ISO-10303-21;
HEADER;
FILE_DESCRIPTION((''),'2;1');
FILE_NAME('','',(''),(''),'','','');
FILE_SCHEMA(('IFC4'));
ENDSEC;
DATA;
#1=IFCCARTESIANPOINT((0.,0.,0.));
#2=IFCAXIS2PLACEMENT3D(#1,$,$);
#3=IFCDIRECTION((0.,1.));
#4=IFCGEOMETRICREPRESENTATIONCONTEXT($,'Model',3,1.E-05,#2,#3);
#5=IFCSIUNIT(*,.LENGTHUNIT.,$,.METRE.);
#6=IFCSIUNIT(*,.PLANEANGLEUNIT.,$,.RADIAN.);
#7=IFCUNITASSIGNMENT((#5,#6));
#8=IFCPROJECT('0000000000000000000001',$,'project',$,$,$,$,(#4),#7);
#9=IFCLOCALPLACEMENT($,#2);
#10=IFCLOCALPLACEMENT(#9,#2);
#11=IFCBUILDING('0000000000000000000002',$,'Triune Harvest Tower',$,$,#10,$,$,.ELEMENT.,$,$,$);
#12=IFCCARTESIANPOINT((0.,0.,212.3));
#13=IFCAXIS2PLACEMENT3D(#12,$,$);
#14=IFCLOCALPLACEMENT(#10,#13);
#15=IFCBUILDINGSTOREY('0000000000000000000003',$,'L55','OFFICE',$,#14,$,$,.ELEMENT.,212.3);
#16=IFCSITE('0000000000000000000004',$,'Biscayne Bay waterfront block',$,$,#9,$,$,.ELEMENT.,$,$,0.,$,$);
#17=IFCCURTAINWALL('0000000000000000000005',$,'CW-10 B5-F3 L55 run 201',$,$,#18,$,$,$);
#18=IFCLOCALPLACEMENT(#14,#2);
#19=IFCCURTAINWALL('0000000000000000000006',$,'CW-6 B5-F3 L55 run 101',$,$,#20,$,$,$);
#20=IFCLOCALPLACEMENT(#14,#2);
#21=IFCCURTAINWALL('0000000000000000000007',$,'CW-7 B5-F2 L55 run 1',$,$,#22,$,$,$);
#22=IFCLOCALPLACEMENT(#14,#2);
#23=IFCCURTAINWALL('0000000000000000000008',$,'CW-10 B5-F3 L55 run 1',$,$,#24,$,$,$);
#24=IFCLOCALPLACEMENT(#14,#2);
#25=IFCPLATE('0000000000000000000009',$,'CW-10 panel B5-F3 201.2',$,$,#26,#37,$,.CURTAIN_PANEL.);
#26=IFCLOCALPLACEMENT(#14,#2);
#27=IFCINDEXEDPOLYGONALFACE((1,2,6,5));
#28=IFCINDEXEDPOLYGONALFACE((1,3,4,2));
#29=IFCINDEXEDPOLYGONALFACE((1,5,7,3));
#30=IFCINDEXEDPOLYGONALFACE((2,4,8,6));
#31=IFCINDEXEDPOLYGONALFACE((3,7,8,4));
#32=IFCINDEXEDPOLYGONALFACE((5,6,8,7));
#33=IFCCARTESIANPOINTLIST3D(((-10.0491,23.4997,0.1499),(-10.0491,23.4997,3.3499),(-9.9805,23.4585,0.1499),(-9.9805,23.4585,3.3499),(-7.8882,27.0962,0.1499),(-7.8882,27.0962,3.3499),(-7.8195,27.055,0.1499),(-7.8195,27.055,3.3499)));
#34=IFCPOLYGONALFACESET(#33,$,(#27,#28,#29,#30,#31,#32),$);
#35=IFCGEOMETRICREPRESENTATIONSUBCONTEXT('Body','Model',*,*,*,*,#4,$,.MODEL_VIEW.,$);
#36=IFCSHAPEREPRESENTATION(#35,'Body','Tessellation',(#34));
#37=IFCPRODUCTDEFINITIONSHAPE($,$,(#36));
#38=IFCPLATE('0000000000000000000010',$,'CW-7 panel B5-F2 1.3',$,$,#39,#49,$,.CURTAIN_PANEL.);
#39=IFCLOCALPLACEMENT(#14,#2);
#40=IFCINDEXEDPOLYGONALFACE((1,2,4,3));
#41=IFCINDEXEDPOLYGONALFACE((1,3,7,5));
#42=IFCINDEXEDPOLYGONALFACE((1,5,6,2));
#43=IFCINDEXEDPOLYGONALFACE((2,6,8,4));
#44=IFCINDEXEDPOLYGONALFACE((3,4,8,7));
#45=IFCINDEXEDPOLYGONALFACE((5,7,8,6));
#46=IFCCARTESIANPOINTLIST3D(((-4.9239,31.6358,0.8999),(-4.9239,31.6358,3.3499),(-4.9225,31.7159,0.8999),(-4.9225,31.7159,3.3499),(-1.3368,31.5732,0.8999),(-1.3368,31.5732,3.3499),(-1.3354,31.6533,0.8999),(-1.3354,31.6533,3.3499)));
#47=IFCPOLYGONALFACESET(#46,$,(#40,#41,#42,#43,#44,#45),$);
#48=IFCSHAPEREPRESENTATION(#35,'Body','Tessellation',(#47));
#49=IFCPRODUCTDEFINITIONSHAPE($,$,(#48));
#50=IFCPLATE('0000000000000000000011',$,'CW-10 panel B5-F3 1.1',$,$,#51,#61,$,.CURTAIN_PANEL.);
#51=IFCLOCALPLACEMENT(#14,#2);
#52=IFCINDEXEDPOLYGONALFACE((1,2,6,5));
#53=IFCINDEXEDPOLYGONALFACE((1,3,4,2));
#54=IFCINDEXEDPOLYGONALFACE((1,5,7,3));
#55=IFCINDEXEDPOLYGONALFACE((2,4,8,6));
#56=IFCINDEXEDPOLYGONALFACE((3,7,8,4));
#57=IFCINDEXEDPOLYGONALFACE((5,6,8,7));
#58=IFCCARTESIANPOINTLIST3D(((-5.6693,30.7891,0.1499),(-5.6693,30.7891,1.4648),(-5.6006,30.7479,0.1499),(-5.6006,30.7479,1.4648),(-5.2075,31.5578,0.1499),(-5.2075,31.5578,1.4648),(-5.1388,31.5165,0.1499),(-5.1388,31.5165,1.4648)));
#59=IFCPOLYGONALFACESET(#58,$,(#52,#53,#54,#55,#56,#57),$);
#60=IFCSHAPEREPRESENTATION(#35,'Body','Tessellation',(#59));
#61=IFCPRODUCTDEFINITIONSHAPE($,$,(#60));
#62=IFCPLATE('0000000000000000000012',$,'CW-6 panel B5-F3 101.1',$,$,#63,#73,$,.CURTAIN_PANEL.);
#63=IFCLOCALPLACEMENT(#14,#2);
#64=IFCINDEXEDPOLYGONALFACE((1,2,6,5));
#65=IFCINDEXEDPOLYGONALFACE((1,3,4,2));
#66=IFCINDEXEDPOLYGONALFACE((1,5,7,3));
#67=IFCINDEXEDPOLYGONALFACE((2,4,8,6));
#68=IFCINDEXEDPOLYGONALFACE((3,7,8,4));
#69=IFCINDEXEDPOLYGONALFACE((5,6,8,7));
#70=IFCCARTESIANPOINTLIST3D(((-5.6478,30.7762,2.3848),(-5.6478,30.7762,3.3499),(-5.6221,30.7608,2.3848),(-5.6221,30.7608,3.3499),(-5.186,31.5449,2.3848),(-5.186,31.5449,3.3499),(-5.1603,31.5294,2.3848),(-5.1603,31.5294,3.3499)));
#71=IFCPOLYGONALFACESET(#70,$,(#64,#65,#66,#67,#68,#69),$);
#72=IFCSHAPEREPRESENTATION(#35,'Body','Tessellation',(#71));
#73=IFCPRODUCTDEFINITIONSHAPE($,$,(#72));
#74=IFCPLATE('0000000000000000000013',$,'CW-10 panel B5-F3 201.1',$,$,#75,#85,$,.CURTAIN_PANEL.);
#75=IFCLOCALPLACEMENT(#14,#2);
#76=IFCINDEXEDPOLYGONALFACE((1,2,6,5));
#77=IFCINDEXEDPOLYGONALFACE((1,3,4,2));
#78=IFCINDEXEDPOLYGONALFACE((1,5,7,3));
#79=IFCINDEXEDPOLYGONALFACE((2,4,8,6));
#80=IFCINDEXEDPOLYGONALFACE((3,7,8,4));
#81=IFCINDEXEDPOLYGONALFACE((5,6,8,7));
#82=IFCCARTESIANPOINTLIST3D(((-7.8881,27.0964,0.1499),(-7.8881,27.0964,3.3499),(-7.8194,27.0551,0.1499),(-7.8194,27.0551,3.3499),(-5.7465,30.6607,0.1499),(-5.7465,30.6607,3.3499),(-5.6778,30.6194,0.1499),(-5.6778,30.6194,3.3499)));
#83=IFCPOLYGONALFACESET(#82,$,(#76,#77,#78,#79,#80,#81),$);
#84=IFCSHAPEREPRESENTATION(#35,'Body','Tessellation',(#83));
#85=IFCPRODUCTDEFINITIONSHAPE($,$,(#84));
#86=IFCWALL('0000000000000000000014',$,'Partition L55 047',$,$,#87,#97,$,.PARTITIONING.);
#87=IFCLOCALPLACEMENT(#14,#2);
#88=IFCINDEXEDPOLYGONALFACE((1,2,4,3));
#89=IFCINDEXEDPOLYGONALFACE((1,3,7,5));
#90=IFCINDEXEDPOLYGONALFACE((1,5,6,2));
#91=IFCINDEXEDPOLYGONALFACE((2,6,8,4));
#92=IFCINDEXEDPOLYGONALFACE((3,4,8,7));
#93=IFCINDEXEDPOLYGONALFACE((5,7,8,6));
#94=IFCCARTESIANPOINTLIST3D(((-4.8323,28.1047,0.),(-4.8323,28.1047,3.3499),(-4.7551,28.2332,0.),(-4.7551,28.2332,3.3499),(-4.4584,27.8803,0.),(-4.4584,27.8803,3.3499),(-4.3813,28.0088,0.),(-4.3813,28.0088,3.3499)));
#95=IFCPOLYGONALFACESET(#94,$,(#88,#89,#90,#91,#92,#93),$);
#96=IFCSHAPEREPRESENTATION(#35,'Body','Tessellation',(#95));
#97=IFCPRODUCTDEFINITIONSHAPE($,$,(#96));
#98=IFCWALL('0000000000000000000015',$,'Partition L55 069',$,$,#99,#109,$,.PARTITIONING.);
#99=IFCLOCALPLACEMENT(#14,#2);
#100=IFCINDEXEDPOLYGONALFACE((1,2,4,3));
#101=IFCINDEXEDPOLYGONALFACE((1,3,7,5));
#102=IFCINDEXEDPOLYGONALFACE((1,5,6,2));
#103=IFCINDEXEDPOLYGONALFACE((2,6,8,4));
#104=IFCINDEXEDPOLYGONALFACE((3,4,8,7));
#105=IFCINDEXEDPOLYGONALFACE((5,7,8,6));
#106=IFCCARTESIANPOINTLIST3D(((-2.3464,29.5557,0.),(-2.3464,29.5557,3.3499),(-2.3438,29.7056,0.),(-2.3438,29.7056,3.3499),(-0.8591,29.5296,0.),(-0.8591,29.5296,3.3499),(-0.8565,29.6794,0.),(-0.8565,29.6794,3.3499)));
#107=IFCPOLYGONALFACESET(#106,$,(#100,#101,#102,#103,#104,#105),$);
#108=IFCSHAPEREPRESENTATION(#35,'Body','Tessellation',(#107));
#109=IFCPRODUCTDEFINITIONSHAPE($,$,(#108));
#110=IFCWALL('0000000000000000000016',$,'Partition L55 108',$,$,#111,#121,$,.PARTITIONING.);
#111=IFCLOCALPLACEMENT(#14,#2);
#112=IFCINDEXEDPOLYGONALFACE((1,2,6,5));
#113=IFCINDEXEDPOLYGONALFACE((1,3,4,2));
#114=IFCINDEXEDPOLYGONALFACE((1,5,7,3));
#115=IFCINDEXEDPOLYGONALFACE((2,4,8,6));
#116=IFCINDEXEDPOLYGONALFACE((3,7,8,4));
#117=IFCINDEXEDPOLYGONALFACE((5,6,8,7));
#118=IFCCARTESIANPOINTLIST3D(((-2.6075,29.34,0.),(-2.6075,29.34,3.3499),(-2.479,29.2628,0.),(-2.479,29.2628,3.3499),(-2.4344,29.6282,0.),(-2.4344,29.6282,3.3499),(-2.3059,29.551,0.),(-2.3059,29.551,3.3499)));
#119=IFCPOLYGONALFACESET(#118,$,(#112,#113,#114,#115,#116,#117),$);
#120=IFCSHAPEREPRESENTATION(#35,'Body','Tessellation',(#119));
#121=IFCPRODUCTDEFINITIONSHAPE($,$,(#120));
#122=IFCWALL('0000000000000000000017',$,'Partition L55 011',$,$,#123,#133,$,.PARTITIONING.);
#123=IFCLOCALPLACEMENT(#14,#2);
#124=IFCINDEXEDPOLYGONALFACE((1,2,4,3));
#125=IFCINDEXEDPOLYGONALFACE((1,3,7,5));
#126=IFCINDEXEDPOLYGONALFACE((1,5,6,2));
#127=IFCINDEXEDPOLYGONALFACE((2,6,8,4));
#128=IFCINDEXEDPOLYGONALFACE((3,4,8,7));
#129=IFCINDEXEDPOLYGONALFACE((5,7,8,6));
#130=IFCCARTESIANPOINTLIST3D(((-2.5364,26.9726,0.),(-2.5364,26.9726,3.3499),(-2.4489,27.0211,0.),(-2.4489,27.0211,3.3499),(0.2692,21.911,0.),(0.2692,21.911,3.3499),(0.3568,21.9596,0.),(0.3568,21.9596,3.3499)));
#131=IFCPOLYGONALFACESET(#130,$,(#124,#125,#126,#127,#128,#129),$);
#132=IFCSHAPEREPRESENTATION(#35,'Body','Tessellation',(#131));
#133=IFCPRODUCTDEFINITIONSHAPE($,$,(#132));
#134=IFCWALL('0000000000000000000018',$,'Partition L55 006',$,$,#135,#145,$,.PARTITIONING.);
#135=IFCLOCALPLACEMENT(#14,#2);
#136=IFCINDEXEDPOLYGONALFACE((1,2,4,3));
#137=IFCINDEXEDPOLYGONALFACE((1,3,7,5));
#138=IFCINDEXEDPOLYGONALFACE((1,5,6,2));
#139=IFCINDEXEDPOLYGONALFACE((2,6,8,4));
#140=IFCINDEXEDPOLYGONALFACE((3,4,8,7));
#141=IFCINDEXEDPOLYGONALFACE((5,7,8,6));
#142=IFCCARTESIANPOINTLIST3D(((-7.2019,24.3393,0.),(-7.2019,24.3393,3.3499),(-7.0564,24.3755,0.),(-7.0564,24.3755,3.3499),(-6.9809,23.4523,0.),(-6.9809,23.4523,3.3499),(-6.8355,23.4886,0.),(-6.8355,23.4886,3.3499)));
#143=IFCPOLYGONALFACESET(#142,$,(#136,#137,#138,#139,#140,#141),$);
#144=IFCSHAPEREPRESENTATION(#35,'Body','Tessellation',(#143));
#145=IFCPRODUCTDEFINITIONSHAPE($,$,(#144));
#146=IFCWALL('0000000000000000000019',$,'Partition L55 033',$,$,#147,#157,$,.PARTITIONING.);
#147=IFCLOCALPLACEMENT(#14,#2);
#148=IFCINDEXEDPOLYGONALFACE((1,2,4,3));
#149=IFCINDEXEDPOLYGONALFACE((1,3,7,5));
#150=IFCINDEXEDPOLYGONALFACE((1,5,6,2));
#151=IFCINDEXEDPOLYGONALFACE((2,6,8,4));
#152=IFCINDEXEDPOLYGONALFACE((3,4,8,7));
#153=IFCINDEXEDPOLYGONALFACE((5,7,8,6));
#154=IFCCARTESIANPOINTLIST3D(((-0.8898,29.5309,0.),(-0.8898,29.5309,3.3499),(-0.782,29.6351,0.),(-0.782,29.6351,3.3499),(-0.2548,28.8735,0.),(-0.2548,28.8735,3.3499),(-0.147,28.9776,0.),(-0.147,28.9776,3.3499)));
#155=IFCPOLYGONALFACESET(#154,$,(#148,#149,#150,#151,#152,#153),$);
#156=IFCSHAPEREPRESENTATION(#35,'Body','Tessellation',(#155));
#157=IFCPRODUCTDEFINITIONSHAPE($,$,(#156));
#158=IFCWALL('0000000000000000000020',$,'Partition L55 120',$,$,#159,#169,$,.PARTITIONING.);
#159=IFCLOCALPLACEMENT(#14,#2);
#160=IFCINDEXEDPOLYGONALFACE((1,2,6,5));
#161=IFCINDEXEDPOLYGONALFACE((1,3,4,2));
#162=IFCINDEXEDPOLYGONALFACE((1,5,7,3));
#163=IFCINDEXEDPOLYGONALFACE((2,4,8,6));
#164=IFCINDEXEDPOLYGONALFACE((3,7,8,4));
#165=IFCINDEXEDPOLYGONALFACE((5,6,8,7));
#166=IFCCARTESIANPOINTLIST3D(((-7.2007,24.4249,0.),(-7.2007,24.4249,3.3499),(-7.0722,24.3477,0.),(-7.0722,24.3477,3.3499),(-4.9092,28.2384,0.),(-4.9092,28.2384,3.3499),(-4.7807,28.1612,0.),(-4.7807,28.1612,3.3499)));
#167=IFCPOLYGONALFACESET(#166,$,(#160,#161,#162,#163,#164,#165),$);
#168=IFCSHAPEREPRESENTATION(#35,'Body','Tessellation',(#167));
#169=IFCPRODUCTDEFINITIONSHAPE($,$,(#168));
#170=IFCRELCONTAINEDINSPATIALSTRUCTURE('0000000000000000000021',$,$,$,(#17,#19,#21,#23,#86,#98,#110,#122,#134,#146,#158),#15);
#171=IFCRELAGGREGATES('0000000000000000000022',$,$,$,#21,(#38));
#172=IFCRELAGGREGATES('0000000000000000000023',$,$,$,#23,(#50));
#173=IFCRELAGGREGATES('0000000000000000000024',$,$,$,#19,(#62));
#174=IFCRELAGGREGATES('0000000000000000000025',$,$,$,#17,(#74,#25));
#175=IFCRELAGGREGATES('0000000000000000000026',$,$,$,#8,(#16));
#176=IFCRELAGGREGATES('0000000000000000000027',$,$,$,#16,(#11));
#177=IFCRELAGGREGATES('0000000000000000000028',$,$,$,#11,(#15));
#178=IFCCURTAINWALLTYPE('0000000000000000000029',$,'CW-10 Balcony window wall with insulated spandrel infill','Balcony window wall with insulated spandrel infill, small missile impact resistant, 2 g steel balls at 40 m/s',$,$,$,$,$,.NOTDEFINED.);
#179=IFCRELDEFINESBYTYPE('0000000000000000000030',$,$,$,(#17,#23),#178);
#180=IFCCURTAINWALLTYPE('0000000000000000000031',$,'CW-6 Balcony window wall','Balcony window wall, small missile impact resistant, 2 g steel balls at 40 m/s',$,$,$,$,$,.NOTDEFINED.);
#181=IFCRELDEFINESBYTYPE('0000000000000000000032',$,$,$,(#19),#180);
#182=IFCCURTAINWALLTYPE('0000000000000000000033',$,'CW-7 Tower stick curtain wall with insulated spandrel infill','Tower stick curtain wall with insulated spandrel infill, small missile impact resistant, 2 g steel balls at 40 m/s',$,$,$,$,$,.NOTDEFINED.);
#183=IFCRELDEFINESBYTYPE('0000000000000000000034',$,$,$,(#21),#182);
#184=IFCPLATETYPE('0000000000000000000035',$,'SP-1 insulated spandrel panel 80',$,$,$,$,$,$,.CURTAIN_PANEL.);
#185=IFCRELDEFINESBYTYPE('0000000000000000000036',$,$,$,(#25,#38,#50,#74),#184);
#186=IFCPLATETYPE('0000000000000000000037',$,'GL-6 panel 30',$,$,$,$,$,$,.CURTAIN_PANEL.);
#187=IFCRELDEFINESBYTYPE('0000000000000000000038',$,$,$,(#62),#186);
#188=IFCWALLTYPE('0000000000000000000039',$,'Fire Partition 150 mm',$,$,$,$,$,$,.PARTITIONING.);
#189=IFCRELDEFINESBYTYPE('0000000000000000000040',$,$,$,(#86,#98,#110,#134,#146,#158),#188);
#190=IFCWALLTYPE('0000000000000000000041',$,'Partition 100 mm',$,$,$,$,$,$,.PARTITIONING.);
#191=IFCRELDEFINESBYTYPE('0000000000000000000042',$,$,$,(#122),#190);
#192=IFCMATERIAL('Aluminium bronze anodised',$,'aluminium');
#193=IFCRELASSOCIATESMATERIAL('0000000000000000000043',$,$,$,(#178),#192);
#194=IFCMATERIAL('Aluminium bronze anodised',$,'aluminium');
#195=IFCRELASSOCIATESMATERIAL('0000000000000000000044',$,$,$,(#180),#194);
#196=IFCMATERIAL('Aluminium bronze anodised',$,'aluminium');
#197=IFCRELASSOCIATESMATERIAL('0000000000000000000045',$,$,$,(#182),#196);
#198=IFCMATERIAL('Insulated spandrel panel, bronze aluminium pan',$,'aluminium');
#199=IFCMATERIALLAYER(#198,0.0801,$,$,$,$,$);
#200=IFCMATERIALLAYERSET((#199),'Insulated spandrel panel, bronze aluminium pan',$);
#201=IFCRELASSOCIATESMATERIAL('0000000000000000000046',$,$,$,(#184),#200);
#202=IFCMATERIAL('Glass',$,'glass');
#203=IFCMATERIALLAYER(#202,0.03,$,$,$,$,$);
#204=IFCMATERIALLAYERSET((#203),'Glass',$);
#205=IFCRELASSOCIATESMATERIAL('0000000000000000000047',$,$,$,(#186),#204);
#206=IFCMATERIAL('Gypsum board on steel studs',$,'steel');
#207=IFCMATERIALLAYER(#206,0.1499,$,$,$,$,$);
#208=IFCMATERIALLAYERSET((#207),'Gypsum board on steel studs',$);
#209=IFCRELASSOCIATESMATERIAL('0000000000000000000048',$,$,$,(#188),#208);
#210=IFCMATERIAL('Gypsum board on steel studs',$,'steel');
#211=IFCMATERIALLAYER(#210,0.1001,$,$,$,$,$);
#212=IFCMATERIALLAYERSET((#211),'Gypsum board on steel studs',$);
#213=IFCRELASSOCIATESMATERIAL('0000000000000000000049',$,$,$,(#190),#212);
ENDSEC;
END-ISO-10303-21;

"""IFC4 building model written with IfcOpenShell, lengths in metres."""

from ifc_helpers import new_model, si_unit, direction, frame, frame_2d, origin, origin_2d, place, context, subcontext, project, spatial, rectangle, extrude, source, transform, mapped, material, layer, layer_set, type_object, element, aggregate, save


model = new_model("IFC4")

# Units and contexts
model_context = context("Model", 3, precision=1e-05, world=origin(), true_north=direction((0.0, 1.0)))
body_context = subcontext(model_context, "Body", "Model", "MODEL_VIEW")
ifc_project = project(units=[si_unit("LENGTHUNIT", "METRE"), si_unit("PLANEANGLEUNIT", "RADIAN")], contexts=[model_context])

# Site, building, storey
site_placement = place(None, origin())
site = spatial("IfcSite", under=ifc_project, at=site_placement, Name="Biscayne Bay waterfront block", CompositionType="ELEMENT", RefElevation=0.0)
building_placement = place(site_placement, origin())
building = spatial("IfcBuilding", under=site, at=building_placement, Name="Triune Harvest Tower", CompositionType="ELEMENT")
storey_placement = place(building_placement, frame((0.0, 0.0, 212.3)))
storey = spatial("IfcBuildingStorey", under=building, at=storey_placement, Name="L55", Description="OFFICE", CompositionType="ELEMENT", Elevation=212.3)

# Curtain wall
ifc_material_1 = material(Name="Aluminium bronze anodised", Category="aluminium")
curtain_wall_type_1 = type_object("IfcCurtainWallType", Name="CW-10 Balcony window wall with insulated spandrel infill", Description="Balcony window wall with insulated spandrel infill, small missile impact resistant, 2 g steel balls at 40 m/s", PredefinedType="NOTDEFINED", material=ifc_material_1)
curtain_wall_1_placement = place(storey_placement, origin())
curtain_wall_1 = element("IfcCurtainWall", 1, at=curtain_wall_1_placement, inside=storey, type_object=curtain_wall_type_1, Name="CW-10 B5-F3 L55 run 201")

# Curtain walls
ifc_material_2 = material(Name="Aluminium bronze anodised", Category="aluminium")
curtain_wall_type_2 = type_object("IfcCurtainWallType", Name="CW-6 Balcony window wall", Description="Balcony window wall, small missile impact resistant, 2 g steel balls at 40 m/s", PredefinedType="NOTDEFINED", material=ifc_material_2)
curtain_wall_2_placement = place(storey_placement, origin())
curtain_wall_2 = element("IfcCurtainWall", 2, at=curtain_wall_2_placement, inside=storey, type_object=curtain_wall_type_2, Name="CW-6 B5-F3 L55 run 101")
ifc_material_3 = material(Name="Aluminium bronze anodised", Category="aluminium")
curtain_wall_type_3 = type_object("IfcCurtainWallType", Name="CW-7 Tower stick curtain wall with insulated spandrel infill", Description="Tower stick curtain wall with insulated spandrel infill, small missile impact resistant, 2 g steel balls at 40 m/s", PredefinedType="NOTDEFINED", material=ifc_material_3)
curtain_wall_3_placement = place(storey_placement, origin())
curtain_wall_3 = element("IfcCurtainWall", 3, at=curtain_wall_3_placement, inside=storey, type_object=curtain_wall_type_3, Name="CW-7 B5-F2 L55 run 1")
curtain_wall_4_placement = place(storey_placement, origin())
curtain_wall_4 = element("IfcCurtainWall", 4, at=curtain_wall_4_placement, inside=storey, type_object=curtain_wall_type_1, Name="CW-10 B5-F3 L55 run 1")

# Plates
ifc_material_4 = material(Name="Insulated spandrel panel, bronze aluminium pan", Category="aluminium")
ifc_layer_1 = layer(ifc_material_4, 0.0801)
ifc_layer_set_1 = layer_set([ifc_layer_1], Name="Insulated spandrel panel, bronze aluminium pan")
plate_type_1 = type_object("IfcPlateType", Name="SP-1 insulated spandrel panel 80", PredefinedType="CURTAIN_PANEL", material=ifc_layer_set_1)
plate_1_placement = place(storey_placement, frame((-8.9343, 25.2773, 0.1499), z_axis=(0.0, 0.0, 1.0), x_axis=(-0.515032, -0.857171, 0.0)))
plate_1 = element("IfcPlate", 5, at=plate_1_placement, type_object=plate_type_1, Name="CW-10 panel B5-F3 201.2", PredefinedType="CURTAIN_PANEL", context=body_context, shape_type="SweptSolid", body=[
    extrude(rectangle(XDim=4.1958, YDim=0.0801, at=origin_2d()), origin(), (0.0, 0.0, 1.0), 3.2),
])
shared_shape_1 = source(origin(), body_context, "Body", "SweptSolid", [
    extrude(rectangle(XDim=3.5876, YDim=0.0801, at=origin_2d()), origin(), (0.0, 0.0, 1.0), 2.45),
])
plate_2_placement = place(storey_placement, frame((-3.1296, 31.6445, 0.8999), z_axis=(0.0, 0.0, 1.0), x_axis=(-0.999848, 0.017446, 0.0)))
plate_2 = element("IfcPlate", 6, at=plate_2_placement, type_object=plate_type_1, Name="CW-7 panel B5-F2 1.3", PredefinedType="CURTAIN_PANEL", context=body_context, shape_type="MappedRepresentation", body=[
    mapped(shared_shape_1, transform((0.0, 0.0, 0.0), scale=1.0)),
])
aggregate(curtain_wall_3, [plate_2])
shared_shape_2 = source(origin(), body_context, "Body", "SweptSolid", [
    extrude(rectangle(XDim=0.8967, YDim=0.0801, at=origin_2d()), origin(), (0.0, 0.0, 1.0), 1.3149),
])
plate_3_placement = place(storey_placement, frame((-5.4041, 31.1528, 0.1499), z_axis=(0.0, 0.0, 1.0), x_axis=(-0.515001, -0.857189, 0.0)))
plate_3 = element("IfcPlate", 7, at=plate_3_placement, type_object=plate_type_1, Name="CW-10 panel B5-F3 1.1", PredefinedType="CURTAIN_PANEL", context=body_context, shape_type="MappedRepresentation", body=[
    mapped(shared_shape_2, transform((0.0, 0.0, 0.0), scale=1.0)),
])
aggregate(curtain_wall_4, [plate_3])
ifc_material_5 = material(Name="Glass", Category="glass")
ifc_layer_2 = layer(ifc_material_5, 0.03)
ifc_layer_set_2 = layer_set([ifc_layer_2], Name="Glass")
plate_type_2 = type_object("IfcPlateType", Name="GL-6 panel 30", PredefinedType="CURTAIN_PANEL", material=ifc_layer_set_2)
shared_shape_3 = source(origin(), body_context, "Body", "SweptSolid", [
    extrude(rectangle(XDim=0.8967, YDim=0.03, at=origin_2d()), origin(), (0.0, 0.0, 1.0), 0.9651),
])
plate_4_placement = place(storey_placement, frame((-5.4041, 31.1528, 2.3848), z_axis=(0.0, 0.0, 1.0), x_axis=(-0.515001, -0.857189, 0.0)))
plate_4 = element("IfcPlate", 8, at=plate_4_placement, type_object=plate_type_2, Name="CW-6 panel B5-F3 101.1", PredefinedType="CURTAIN_PANEL", context=body_context, shape_type="MappedRepresentation", body=[
    mapped(shared_shape_3, transform((0.0, 0.0, 0.0), scale=1.0)),
])
aggregate(curtain_wall_2, [plate_4])
shared_shape_4 = source(origin(), body_context, "Body", "SweptSolid", [
    extrude(rectangle(XDim=4.1582, YDim=0.0801, at=origin_2d()), origin(), (0.0, 0.0, 1.0), 3.2),
])
plate_5_placement = place(storey_placement, frame((-6.783, 28.8579, 0.1499), z_axis=(0.0, 0.0, 1.0), x_axis=(-0.515032, -0.857171, 0.0)))
plate_5 = element("IfcPlate", 9, at=plate_5_placement, type_object=plate_type_1, Name="CW-10 panel B5-F3 201.1", PredefinedType="CURTAIN_PANEL", context=body_context, shape_type="MappedRepresentation", body=[
    mapped(shared_shape_4, transform((0.0, 0.0, 0.0), scale=1.0)),
])
aggregate(curtain_wall_1, [plate_5, plate_1])

# Walls
ifc_material_6 = material(Name="Gypsum board on steel studs", Category="steel")
ifc_layer_3 = layer(ifc_material_6, 0.1499)
ifc_layer_set_3 = layer_set([ifc_layer_3], Name="Gypsum board on steel studs")
wall_type_1 = type_object("IfcWallType", Name="Fire Partition 150 mm", PredefinedType="PARTITIONING", material=ifc_layer_set_3)
wall_1_placement = place(storey_placement, frame((-4.7937, 28.1689, 0.0), z_axis=(0.0, 0.0, 1.0), x_axis=(0.857394, -0.51466, 0.0)))
element("IfcWall", 10, at=wall_1_placement, inside=storey, type_object=wall_type_1, Name="Partition L55 047", PredefinedType="PARTITIONING", context=body_context, shape_type="SweptSolid", body=[
    extrude(rectangle(XDim=0.436, YDim=0.1499, at=frame_2d((0.218, 0.0))), origin(), (0.0, 0.0, 1.0), 3.3499),
])
wall_2_placement = place(storey_placement, frame((-2.345, 29.6306, 0.0), z_axis=(0.0, 0.0, 1.0), x_axis=(0.999846, -0.017561, 0.0)))
element("IfcWall", 11, at=wall_2_placement, inside=storey, type_object=wall_type_1, Name="Partition L55 069", PredefinedType="PARTITIONING", context=body_context, shape_type="SweptSolid", body=[
    extrude(rectangle(XDim=1.4875, YDim=0.1499, at=frame_2d((0.7437, 0.0))), origin(), (0.0, 0.0, 1.0), 3.3499),
])
wall_3_placement = place(storey_placement, frame((-2.5432, 29.3015, 0.0), z_axis=(0.0, 0.0, 1.0), x_axis=(0.51503, 0.857172, 0.0)))
element("IfcWall", 12, at=wall_3_placement, inside=storey, type_object=wall_type_1, Name="Partition L55 108", PredefinedType="PARTITIONING", context=body_context, shape_type="SweptSolid", body=[
    extrude(rectangle(XDim=0.3362, YDim=0.1499, at=frame_2d((0.168, 0.0))), origin(), (0.0, 0.0, 1.0), 3.3499),
])
ifc_material_7 = material(Name="Gypsum board on steel studs", Category="steel")
ifc_layer_4 = layer(ifc_material_7, 0.1001)
ifc_layer_set_4 = layer_set([ifc_layer_4], Name="Gypsum board on steel studs")
wall_type_2 = type_object("IfcWallType", Name="Partition 100 mm", PredefinedType="PARTITIONING", material=ifc_layer_set_4)
wall_4_placement = place(storey_placement, frame((-2.4927, 26.9968, 0.0), z_axis=(0.0, 0.0, 1.0), x_axis=(0.484812, -0.874619, 0.0)))
element("IfcWall", 13, at=wall_4_placement, inside=storey, type_object=wall_type_2, Name="Partition L55 011", PredefinedType="PARTITIONING", context=body_context, shape_type="SweptSolid", body=[
    extrude(rectangle(XDim=5.7871, YDim=0.1001, at=frame_2d((2.8936, 0.0))), origin(), (0.0, 0.0, 1.0), 3.3499),
])
shared_shape_5 = source(origin(), body_context, "Body", "SweptSolid", [
    extrude(rectangle(XDim=0.9141, YDim=0.1499, at=frame_2d((0.457, 0.0))), origin(), (0.0, 0.0, 1.0), 3.3499),
])
for number, where, z_axis, x_axis, name in (
    (14, (-7.1292, 24.3574, 0.0), (0.0, 0.0, 1.0), (0.241719, -0.970346, 0.0), "Partition L55 006"),
    (15, (-0.8359, 29.583, 0.0), (0.0, 0.0, 1.0), (0.694714, -0.719286, 0.0), "Partition L55 033"),
):
    element("IfcWall", number, at=place(storey_placement, frame(where, z_axis=z_axis, x_axis=x_axis)), inside=storey, type_object=wall_type_1, Name=name, PredefinedType="PARTITIONING", context=body_context, shape_type="MappedRepresentation", body=[
        mapped(shared_shape_5, transform((0.0, 0.0, 0.0), scale=1.0)),
    ])
shared_shape_6 = source(origin(), body_context, "Body", "SweptSolid", [
    extrude(rectangle(XDim=4.449, YDim=0.1499, at=frame_2d((2.2246, 0.0))), origin(), (0.0, 0.0, 1.0), 3.3499),
])
wall_5_placement = place(storey_placement, frame((-7.1365, 24.3862, 0.0), z_axis=(0.0, 0.0, 1.0), x_axis=(0.515061, 0.857154, 0.0)))
element("IfcWall", 16, at=wall_5_placement, inside=storey, type_object=wall_type_1, Name="Partition L55 120", PredefinedType="PARTITIONING", context=body_context, shape_type="MappedRepresentation", body=[
    mapped(shared_shape_6, transform((0.0, 0.0, 0.0), scale=1.0)),
])

save(model, "model.ifc")
